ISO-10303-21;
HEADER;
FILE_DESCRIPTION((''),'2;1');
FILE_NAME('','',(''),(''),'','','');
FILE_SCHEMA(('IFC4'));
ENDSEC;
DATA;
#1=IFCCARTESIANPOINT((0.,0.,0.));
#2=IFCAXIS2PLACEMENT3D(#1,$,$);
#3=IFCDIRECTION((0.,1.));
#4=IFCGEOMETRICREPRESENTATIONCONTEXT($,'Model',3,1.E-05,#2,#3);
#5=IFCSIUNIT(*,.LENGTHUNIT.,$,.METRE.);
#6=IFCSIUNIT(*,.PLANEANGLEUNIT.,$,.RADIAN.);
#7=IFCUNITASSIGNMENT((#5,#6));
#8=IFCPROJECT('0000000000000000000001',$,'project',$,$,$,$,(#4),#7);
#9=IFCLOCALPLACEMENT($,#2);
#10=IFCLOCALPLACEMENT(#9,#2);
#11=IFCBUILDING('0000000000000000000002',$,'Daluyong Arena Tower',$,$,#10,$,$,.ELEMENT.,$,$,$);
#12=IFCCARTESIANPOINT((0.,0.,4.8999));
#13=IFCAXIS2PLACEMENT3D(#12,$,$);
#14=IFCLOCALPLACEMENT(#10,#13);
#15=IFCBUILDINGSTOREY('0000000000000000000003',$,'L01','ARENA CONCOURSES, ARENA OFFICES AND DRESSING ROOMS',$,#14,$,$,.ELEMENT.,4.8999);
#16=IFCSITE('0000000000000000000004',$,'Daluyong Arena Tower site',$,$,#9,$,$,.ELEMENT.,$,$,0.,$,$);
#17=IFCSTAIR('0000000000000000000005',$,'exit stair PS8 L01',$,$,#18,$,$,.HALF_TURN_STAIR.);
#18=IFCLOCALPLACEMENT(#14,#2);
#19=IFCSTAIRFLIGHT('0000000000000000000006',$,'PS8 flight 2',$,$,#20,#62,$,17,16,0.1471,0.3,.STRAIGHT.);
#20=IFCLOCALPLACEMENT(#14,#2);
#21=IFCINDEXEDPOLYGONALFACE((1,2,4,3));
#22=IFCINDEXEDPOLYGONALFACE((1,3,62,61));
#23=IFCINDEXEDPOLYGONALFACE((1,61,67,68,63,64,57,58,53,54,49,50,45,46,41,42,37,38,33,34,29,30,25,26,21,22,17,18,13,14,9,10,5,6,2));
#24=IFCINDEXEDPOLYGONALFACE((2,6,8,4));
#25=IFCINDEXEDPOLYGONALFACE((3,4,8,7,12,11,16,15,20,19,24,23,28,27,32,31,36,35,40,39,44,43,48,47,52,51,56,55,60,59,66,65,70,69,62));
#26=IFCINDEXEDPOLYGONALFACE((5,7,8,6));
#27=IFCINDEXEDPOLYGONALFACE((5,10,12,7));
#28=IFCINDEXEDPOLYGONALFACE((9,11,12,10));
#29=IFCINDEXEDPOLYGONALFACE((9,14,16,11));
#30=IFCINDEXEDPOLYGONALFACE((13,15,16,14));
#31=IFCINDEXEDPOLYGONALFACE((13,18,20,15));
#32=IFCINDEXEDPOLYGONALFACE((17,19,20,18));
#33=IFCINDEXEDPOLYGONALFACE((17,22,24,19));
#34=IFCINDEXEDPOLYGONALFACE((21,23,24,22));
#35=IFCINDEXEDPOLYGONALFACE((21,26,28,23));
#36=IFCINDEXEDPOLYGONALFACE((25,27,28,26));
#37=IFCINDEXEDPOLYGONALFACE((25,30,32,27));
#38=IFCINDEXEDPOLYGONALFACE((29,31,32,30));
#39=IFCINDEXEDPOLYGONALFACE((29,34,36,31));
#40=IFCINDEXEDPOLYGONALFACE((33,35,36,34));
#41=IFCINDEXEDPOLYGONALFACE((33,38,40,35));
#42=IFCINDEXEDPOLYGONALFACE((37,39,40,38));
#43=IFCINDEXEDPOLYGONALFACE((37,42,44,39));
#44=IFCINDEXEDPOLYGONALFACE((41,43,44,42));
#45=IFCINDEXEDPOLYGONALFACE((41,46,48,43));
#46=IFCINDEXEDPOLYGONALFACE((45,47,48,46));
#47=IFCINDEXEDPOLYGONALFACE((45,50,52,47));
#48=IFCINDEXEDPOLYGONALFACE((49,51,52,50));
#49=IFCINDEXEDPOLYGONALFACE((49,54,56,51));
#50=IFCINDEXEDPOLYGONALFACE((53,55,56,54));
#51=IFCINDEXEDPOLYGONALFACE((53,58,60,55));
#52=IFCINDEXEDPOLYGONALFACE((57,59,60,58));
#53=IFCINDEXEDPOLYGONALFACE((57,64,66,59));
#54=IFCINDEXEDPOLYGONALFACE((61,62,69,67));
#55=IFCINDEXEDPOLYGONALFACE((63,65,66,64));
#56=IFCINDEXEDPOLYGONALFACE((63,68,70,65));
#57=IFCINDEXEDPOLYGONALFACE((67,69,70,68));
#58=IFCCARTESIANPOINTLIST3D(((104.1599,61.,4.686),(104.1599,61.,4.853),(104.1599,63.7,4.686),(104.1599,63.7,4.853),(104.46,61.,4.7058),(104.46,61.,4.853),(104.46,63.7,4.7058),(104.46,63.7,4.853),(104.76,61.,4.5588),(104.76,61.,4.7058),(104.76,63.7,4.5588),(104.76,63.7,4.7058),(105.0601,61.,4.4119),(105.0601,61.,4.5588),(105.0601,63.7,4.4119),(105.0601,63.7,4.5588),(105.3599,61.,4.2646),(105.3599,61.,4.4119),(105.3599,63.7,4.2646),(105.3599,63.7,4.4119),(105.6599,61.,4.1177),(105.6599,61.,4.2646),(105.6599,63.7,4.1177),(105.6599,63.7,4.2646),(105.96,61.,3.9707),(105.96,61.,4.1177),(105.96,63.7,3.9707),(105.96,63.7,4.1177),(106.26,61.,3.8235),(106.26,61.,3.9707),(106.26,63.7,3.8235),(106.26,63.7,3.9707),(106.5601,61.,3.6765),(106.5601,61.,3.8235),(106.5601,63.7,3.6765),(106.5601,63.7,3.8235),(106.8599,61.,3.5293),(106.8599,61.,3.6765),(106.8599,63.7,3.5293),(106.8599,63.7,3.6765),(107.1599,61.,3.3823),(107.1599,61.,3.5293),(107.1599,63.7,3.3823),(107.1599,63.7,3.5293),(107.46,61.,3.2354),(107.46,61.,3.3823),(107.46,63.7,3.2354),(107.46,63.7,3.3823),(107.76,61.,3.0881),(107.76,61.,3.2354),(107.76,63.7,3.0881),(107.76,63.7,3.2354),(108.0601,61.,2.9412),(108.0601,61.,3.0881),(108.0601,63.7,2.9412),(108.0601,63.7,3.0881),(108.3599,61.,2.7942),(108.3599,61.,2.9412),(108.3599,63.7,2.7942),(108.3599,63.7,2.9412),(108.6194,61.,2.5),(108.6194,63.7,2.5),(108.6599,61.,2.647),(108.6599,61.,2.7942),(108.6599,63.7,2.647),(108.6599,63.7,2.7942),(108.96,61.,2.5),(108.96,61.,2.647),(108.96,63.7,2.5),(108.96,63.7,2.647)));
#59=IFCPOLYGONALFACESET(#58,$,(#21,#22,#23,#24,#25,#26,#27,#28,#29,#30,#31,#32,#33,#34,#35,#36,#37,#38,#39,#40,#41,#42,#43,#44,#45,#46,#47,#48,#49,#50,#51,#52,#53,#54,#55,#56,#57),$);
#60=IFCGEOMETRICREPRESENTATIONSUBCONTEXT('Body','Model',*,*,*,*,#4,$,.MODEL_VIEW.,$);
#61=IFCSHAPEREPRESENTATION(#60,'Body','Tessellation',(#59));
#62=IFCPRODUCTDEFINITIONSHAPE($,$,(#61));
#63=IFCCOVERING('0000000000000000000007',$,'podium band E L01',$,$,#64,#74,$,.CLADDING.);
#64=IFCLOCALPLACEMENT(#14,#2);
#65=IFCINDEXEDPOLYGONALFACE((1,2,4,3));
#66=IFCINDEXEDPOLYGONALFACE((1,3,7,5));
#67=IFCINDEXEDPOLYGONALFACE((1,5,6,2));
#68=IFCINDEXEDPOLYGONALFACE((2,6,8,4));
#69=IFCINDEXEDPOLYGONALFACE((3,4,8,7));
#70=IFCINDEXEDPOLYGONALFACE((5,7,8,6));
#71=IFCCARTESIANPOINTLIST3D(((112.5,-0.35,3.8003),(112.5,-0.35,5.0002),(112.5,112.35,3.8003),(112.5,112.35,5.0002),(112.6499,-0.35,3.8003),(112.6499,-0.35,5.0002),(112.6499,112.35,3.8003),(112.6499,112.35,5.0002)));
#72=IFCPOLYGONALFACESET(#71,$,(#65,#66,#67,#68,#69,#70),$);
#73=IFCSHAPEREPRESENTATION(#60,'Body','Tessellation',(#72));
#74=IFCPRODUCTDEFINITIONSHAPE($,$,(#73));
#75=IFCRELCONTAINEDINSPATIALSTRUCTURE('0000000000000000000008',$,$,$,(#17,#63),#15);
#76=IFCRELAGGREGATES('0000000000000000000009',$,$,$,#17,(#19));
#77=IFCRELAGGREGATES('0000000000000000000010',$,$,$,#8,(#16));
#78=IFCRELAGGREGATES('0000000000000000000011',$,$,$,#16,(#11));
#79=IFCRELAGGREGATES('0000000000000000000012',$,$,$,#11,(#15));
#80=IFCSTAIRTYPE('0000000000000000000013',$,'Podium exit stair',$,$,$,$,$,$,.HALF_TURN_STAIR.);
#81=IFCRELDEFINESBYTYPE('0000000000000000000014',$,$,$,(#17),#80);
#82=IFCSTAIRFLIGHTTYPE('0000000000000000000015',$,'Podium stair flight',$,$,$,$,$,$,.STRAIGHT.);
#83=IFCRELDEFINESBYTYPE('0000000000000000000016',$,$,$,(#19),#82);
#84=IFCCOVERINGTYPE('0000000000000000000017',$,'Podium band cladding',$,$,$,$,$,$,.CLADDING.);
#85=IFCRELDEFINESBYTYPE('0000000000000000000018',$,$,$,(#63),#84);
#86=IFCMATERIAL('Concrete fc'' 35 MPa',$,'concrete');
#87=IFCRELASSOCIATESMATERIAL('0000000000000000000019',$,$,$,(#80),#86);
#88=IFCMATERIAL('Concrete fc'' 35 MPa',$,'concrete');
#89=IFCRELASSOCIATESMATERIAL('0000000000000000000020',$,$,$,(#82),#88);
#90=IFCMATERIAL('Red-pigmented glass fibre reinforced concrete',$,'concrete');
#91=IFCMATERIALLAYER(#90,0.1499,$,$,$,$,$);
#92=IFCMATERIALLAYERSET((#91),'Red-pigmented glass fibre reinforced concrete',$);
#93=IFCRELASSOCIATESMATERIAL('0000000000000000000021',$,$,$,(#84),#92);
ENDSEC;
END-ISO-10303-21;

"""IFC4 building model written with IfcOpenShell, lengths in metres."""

from ifc_helpers import new_model, si_unit, direction, frame, origin, origin_2d, place, context, subcontext, project, spatial, polyline, rectangle, outline, extrude, material, layer, layer_set, type_object, element, aggregate, save


model = new_model("IFC4")

# Units and contexts
model_context = context("Model", 3, precision=1e-05, world=origin(), true_north=direction((0.0, 1.0)))
body_context = subcontext(model_context, "Body", "Model", "MODEL_VIEW")
ifc_project = project(units=[si_unit("LENGTHUNIT", "METRE"), si_unit("PLANEANGLEUNIT", "RADIAN")], contexts=[model_context])

# Site, building, storey
site_placement = place(None, origin())
site = spatial("IfcSite", under=ifc_project, at=site_placement, Name="Daluyong Arena Tower site", CompositionType="ELEMENT", RefElevation=0.0)
building_placement = place(site_placement, origin())
building = spatial("IfcBuilding", under=site, at=building_placement, Name="Daluyong Arena Tower", CompositionType="ELEMENT")
storey_placement = place(building_placement, frame((0.0, 0.0, 4.8999)))
storey = spatial("IfcBuildingStorey", under=building, at=storey_placement, Name="L01", Description="ARENA CONCOURSES, ARENA OFFICES AND DRESSING ROOMS", CompositionType="ELEMENT", Elevation=4.8999)

# Stair, stair flight
ifc_material_1 = material(Name="Concrete fc' 35 MPa", Category="concrete")
stair_type = type_object("IfcStairType", Name="Podium exit stair", PredefinedType="HALF_TURN_STAIR", material=ifc_material_1)
stair_placement = place(storey_placement, origin())
stair = element("IfcStair", 1, at=stair_placement, inside=storey, type_object=stair_type, Name="exit stair PS8 L01", PredefinedType="HALF_TURN_STAIR")
ifc_material_2 = material(Name="Concrete fc' 35 MPa", Category="concrete")
stair_flight_type = type_object("IfcStairFlightType", Name="Podium stair flight", PredefinedType="STRAIGHT", material=ifc_material_2)
stair_flight_1_placement = place(storey_placement, frame((108.96, 62.3501, 2.5), z_axis=(0.0, 0.0, 1.0), x_axis=(-1.0, 0.0, 0.0)))
stair_flight_1 = element("IfcStairFlight", 2, at=stair_flight_1_placement, type_object=stair_flight_type, Name="PS8 flight 2", NumberOfRisers=17, NumberOfTreads=16, PredefinedType="STRAIGHT", RiserHeight=0.1471, TreadLength=0.3, context=body_context, shape_type="SweptSolid", body=[
    extrude(outline(polyline([(0.0, 0.0), (0.0, 0.147), (0.3, 0.147), (0.3, 0.2942), (0.6001, 0.2942), (0.6001, 0.4412), (0.8999, 0.4412), (0.8999, 0.5881), (1.2, 0.5881), (1.2, 0.7354), (1.5, 0.7354), (1.5, 0.8823), (1.8, 0.8823), (1.8, 1.0293), (2.1001, 1.0293), (2.1001, 1.1765), (2.3999, 1.1765), (2.3999, 1.3235), (2.7, 1.3235), (2.7, 1.4707), (3.0, 1.4707), (3.0, 1.6177), (3.3, 1.6177), (3.3, 1.7646), (3.6001, 1.7646), (3.6001, 1.9119), (3.8999, 1.9119), (3.8999, 2.0588), (4.2, 2.0588), (4.2, 2.2058), (4.5, 2.2058), (4.5, 2.353), (4.8, 2.353), (4.8, 2.5), (4.8, 2.186), (0.3406, 0.0), (0.0, 0.0)])), frame((0.0, 1.3501, 0.0), z_axis=(0.0, -1.0, 0.0), x_axis=(1.0, 0.0, 0.0)), (0.0, 0.0, 1.0), 2.7),
])
aggregate(stair, [stair_flight_1])

# Covering
ifc_material_3 = material(Name="Red-pigmented glass fibre reinforced concrete", Category="concrete")
ifc_layer_1 = layer(ifc_material_3, 0.1499)
ifc_layer_set_1 = layer_set([ifc_layer_1], Name="Red-pigmented glass fibre reinforced concrete")
covering_type = type_object("IfcCoveringType", Name="Podium band cladding", PredefinedType="CLADDING", material=ifc_layer_set_1)
covering_placement = place(storey_placement, frame((112.575, 56.0, 3.8003), z_axis=(0.0, 0.0, 1.0), x_axis=(0.0, 1.0, 0.0)))
element("IfcCovering", 3, at=covering_placement, inside=storey, type_object=covering_type, Name="podium band E L01", PredefinedType="CLADDING", context=body_context, shape_type="SweptSolid", body=[
    extrude(rectangle(XDim=112.7, YDim=0.1499, at=origin_2d()), origin(), (0.0, 0.0, 1.0), 1.2),
])

save(model, "model.ifc")
